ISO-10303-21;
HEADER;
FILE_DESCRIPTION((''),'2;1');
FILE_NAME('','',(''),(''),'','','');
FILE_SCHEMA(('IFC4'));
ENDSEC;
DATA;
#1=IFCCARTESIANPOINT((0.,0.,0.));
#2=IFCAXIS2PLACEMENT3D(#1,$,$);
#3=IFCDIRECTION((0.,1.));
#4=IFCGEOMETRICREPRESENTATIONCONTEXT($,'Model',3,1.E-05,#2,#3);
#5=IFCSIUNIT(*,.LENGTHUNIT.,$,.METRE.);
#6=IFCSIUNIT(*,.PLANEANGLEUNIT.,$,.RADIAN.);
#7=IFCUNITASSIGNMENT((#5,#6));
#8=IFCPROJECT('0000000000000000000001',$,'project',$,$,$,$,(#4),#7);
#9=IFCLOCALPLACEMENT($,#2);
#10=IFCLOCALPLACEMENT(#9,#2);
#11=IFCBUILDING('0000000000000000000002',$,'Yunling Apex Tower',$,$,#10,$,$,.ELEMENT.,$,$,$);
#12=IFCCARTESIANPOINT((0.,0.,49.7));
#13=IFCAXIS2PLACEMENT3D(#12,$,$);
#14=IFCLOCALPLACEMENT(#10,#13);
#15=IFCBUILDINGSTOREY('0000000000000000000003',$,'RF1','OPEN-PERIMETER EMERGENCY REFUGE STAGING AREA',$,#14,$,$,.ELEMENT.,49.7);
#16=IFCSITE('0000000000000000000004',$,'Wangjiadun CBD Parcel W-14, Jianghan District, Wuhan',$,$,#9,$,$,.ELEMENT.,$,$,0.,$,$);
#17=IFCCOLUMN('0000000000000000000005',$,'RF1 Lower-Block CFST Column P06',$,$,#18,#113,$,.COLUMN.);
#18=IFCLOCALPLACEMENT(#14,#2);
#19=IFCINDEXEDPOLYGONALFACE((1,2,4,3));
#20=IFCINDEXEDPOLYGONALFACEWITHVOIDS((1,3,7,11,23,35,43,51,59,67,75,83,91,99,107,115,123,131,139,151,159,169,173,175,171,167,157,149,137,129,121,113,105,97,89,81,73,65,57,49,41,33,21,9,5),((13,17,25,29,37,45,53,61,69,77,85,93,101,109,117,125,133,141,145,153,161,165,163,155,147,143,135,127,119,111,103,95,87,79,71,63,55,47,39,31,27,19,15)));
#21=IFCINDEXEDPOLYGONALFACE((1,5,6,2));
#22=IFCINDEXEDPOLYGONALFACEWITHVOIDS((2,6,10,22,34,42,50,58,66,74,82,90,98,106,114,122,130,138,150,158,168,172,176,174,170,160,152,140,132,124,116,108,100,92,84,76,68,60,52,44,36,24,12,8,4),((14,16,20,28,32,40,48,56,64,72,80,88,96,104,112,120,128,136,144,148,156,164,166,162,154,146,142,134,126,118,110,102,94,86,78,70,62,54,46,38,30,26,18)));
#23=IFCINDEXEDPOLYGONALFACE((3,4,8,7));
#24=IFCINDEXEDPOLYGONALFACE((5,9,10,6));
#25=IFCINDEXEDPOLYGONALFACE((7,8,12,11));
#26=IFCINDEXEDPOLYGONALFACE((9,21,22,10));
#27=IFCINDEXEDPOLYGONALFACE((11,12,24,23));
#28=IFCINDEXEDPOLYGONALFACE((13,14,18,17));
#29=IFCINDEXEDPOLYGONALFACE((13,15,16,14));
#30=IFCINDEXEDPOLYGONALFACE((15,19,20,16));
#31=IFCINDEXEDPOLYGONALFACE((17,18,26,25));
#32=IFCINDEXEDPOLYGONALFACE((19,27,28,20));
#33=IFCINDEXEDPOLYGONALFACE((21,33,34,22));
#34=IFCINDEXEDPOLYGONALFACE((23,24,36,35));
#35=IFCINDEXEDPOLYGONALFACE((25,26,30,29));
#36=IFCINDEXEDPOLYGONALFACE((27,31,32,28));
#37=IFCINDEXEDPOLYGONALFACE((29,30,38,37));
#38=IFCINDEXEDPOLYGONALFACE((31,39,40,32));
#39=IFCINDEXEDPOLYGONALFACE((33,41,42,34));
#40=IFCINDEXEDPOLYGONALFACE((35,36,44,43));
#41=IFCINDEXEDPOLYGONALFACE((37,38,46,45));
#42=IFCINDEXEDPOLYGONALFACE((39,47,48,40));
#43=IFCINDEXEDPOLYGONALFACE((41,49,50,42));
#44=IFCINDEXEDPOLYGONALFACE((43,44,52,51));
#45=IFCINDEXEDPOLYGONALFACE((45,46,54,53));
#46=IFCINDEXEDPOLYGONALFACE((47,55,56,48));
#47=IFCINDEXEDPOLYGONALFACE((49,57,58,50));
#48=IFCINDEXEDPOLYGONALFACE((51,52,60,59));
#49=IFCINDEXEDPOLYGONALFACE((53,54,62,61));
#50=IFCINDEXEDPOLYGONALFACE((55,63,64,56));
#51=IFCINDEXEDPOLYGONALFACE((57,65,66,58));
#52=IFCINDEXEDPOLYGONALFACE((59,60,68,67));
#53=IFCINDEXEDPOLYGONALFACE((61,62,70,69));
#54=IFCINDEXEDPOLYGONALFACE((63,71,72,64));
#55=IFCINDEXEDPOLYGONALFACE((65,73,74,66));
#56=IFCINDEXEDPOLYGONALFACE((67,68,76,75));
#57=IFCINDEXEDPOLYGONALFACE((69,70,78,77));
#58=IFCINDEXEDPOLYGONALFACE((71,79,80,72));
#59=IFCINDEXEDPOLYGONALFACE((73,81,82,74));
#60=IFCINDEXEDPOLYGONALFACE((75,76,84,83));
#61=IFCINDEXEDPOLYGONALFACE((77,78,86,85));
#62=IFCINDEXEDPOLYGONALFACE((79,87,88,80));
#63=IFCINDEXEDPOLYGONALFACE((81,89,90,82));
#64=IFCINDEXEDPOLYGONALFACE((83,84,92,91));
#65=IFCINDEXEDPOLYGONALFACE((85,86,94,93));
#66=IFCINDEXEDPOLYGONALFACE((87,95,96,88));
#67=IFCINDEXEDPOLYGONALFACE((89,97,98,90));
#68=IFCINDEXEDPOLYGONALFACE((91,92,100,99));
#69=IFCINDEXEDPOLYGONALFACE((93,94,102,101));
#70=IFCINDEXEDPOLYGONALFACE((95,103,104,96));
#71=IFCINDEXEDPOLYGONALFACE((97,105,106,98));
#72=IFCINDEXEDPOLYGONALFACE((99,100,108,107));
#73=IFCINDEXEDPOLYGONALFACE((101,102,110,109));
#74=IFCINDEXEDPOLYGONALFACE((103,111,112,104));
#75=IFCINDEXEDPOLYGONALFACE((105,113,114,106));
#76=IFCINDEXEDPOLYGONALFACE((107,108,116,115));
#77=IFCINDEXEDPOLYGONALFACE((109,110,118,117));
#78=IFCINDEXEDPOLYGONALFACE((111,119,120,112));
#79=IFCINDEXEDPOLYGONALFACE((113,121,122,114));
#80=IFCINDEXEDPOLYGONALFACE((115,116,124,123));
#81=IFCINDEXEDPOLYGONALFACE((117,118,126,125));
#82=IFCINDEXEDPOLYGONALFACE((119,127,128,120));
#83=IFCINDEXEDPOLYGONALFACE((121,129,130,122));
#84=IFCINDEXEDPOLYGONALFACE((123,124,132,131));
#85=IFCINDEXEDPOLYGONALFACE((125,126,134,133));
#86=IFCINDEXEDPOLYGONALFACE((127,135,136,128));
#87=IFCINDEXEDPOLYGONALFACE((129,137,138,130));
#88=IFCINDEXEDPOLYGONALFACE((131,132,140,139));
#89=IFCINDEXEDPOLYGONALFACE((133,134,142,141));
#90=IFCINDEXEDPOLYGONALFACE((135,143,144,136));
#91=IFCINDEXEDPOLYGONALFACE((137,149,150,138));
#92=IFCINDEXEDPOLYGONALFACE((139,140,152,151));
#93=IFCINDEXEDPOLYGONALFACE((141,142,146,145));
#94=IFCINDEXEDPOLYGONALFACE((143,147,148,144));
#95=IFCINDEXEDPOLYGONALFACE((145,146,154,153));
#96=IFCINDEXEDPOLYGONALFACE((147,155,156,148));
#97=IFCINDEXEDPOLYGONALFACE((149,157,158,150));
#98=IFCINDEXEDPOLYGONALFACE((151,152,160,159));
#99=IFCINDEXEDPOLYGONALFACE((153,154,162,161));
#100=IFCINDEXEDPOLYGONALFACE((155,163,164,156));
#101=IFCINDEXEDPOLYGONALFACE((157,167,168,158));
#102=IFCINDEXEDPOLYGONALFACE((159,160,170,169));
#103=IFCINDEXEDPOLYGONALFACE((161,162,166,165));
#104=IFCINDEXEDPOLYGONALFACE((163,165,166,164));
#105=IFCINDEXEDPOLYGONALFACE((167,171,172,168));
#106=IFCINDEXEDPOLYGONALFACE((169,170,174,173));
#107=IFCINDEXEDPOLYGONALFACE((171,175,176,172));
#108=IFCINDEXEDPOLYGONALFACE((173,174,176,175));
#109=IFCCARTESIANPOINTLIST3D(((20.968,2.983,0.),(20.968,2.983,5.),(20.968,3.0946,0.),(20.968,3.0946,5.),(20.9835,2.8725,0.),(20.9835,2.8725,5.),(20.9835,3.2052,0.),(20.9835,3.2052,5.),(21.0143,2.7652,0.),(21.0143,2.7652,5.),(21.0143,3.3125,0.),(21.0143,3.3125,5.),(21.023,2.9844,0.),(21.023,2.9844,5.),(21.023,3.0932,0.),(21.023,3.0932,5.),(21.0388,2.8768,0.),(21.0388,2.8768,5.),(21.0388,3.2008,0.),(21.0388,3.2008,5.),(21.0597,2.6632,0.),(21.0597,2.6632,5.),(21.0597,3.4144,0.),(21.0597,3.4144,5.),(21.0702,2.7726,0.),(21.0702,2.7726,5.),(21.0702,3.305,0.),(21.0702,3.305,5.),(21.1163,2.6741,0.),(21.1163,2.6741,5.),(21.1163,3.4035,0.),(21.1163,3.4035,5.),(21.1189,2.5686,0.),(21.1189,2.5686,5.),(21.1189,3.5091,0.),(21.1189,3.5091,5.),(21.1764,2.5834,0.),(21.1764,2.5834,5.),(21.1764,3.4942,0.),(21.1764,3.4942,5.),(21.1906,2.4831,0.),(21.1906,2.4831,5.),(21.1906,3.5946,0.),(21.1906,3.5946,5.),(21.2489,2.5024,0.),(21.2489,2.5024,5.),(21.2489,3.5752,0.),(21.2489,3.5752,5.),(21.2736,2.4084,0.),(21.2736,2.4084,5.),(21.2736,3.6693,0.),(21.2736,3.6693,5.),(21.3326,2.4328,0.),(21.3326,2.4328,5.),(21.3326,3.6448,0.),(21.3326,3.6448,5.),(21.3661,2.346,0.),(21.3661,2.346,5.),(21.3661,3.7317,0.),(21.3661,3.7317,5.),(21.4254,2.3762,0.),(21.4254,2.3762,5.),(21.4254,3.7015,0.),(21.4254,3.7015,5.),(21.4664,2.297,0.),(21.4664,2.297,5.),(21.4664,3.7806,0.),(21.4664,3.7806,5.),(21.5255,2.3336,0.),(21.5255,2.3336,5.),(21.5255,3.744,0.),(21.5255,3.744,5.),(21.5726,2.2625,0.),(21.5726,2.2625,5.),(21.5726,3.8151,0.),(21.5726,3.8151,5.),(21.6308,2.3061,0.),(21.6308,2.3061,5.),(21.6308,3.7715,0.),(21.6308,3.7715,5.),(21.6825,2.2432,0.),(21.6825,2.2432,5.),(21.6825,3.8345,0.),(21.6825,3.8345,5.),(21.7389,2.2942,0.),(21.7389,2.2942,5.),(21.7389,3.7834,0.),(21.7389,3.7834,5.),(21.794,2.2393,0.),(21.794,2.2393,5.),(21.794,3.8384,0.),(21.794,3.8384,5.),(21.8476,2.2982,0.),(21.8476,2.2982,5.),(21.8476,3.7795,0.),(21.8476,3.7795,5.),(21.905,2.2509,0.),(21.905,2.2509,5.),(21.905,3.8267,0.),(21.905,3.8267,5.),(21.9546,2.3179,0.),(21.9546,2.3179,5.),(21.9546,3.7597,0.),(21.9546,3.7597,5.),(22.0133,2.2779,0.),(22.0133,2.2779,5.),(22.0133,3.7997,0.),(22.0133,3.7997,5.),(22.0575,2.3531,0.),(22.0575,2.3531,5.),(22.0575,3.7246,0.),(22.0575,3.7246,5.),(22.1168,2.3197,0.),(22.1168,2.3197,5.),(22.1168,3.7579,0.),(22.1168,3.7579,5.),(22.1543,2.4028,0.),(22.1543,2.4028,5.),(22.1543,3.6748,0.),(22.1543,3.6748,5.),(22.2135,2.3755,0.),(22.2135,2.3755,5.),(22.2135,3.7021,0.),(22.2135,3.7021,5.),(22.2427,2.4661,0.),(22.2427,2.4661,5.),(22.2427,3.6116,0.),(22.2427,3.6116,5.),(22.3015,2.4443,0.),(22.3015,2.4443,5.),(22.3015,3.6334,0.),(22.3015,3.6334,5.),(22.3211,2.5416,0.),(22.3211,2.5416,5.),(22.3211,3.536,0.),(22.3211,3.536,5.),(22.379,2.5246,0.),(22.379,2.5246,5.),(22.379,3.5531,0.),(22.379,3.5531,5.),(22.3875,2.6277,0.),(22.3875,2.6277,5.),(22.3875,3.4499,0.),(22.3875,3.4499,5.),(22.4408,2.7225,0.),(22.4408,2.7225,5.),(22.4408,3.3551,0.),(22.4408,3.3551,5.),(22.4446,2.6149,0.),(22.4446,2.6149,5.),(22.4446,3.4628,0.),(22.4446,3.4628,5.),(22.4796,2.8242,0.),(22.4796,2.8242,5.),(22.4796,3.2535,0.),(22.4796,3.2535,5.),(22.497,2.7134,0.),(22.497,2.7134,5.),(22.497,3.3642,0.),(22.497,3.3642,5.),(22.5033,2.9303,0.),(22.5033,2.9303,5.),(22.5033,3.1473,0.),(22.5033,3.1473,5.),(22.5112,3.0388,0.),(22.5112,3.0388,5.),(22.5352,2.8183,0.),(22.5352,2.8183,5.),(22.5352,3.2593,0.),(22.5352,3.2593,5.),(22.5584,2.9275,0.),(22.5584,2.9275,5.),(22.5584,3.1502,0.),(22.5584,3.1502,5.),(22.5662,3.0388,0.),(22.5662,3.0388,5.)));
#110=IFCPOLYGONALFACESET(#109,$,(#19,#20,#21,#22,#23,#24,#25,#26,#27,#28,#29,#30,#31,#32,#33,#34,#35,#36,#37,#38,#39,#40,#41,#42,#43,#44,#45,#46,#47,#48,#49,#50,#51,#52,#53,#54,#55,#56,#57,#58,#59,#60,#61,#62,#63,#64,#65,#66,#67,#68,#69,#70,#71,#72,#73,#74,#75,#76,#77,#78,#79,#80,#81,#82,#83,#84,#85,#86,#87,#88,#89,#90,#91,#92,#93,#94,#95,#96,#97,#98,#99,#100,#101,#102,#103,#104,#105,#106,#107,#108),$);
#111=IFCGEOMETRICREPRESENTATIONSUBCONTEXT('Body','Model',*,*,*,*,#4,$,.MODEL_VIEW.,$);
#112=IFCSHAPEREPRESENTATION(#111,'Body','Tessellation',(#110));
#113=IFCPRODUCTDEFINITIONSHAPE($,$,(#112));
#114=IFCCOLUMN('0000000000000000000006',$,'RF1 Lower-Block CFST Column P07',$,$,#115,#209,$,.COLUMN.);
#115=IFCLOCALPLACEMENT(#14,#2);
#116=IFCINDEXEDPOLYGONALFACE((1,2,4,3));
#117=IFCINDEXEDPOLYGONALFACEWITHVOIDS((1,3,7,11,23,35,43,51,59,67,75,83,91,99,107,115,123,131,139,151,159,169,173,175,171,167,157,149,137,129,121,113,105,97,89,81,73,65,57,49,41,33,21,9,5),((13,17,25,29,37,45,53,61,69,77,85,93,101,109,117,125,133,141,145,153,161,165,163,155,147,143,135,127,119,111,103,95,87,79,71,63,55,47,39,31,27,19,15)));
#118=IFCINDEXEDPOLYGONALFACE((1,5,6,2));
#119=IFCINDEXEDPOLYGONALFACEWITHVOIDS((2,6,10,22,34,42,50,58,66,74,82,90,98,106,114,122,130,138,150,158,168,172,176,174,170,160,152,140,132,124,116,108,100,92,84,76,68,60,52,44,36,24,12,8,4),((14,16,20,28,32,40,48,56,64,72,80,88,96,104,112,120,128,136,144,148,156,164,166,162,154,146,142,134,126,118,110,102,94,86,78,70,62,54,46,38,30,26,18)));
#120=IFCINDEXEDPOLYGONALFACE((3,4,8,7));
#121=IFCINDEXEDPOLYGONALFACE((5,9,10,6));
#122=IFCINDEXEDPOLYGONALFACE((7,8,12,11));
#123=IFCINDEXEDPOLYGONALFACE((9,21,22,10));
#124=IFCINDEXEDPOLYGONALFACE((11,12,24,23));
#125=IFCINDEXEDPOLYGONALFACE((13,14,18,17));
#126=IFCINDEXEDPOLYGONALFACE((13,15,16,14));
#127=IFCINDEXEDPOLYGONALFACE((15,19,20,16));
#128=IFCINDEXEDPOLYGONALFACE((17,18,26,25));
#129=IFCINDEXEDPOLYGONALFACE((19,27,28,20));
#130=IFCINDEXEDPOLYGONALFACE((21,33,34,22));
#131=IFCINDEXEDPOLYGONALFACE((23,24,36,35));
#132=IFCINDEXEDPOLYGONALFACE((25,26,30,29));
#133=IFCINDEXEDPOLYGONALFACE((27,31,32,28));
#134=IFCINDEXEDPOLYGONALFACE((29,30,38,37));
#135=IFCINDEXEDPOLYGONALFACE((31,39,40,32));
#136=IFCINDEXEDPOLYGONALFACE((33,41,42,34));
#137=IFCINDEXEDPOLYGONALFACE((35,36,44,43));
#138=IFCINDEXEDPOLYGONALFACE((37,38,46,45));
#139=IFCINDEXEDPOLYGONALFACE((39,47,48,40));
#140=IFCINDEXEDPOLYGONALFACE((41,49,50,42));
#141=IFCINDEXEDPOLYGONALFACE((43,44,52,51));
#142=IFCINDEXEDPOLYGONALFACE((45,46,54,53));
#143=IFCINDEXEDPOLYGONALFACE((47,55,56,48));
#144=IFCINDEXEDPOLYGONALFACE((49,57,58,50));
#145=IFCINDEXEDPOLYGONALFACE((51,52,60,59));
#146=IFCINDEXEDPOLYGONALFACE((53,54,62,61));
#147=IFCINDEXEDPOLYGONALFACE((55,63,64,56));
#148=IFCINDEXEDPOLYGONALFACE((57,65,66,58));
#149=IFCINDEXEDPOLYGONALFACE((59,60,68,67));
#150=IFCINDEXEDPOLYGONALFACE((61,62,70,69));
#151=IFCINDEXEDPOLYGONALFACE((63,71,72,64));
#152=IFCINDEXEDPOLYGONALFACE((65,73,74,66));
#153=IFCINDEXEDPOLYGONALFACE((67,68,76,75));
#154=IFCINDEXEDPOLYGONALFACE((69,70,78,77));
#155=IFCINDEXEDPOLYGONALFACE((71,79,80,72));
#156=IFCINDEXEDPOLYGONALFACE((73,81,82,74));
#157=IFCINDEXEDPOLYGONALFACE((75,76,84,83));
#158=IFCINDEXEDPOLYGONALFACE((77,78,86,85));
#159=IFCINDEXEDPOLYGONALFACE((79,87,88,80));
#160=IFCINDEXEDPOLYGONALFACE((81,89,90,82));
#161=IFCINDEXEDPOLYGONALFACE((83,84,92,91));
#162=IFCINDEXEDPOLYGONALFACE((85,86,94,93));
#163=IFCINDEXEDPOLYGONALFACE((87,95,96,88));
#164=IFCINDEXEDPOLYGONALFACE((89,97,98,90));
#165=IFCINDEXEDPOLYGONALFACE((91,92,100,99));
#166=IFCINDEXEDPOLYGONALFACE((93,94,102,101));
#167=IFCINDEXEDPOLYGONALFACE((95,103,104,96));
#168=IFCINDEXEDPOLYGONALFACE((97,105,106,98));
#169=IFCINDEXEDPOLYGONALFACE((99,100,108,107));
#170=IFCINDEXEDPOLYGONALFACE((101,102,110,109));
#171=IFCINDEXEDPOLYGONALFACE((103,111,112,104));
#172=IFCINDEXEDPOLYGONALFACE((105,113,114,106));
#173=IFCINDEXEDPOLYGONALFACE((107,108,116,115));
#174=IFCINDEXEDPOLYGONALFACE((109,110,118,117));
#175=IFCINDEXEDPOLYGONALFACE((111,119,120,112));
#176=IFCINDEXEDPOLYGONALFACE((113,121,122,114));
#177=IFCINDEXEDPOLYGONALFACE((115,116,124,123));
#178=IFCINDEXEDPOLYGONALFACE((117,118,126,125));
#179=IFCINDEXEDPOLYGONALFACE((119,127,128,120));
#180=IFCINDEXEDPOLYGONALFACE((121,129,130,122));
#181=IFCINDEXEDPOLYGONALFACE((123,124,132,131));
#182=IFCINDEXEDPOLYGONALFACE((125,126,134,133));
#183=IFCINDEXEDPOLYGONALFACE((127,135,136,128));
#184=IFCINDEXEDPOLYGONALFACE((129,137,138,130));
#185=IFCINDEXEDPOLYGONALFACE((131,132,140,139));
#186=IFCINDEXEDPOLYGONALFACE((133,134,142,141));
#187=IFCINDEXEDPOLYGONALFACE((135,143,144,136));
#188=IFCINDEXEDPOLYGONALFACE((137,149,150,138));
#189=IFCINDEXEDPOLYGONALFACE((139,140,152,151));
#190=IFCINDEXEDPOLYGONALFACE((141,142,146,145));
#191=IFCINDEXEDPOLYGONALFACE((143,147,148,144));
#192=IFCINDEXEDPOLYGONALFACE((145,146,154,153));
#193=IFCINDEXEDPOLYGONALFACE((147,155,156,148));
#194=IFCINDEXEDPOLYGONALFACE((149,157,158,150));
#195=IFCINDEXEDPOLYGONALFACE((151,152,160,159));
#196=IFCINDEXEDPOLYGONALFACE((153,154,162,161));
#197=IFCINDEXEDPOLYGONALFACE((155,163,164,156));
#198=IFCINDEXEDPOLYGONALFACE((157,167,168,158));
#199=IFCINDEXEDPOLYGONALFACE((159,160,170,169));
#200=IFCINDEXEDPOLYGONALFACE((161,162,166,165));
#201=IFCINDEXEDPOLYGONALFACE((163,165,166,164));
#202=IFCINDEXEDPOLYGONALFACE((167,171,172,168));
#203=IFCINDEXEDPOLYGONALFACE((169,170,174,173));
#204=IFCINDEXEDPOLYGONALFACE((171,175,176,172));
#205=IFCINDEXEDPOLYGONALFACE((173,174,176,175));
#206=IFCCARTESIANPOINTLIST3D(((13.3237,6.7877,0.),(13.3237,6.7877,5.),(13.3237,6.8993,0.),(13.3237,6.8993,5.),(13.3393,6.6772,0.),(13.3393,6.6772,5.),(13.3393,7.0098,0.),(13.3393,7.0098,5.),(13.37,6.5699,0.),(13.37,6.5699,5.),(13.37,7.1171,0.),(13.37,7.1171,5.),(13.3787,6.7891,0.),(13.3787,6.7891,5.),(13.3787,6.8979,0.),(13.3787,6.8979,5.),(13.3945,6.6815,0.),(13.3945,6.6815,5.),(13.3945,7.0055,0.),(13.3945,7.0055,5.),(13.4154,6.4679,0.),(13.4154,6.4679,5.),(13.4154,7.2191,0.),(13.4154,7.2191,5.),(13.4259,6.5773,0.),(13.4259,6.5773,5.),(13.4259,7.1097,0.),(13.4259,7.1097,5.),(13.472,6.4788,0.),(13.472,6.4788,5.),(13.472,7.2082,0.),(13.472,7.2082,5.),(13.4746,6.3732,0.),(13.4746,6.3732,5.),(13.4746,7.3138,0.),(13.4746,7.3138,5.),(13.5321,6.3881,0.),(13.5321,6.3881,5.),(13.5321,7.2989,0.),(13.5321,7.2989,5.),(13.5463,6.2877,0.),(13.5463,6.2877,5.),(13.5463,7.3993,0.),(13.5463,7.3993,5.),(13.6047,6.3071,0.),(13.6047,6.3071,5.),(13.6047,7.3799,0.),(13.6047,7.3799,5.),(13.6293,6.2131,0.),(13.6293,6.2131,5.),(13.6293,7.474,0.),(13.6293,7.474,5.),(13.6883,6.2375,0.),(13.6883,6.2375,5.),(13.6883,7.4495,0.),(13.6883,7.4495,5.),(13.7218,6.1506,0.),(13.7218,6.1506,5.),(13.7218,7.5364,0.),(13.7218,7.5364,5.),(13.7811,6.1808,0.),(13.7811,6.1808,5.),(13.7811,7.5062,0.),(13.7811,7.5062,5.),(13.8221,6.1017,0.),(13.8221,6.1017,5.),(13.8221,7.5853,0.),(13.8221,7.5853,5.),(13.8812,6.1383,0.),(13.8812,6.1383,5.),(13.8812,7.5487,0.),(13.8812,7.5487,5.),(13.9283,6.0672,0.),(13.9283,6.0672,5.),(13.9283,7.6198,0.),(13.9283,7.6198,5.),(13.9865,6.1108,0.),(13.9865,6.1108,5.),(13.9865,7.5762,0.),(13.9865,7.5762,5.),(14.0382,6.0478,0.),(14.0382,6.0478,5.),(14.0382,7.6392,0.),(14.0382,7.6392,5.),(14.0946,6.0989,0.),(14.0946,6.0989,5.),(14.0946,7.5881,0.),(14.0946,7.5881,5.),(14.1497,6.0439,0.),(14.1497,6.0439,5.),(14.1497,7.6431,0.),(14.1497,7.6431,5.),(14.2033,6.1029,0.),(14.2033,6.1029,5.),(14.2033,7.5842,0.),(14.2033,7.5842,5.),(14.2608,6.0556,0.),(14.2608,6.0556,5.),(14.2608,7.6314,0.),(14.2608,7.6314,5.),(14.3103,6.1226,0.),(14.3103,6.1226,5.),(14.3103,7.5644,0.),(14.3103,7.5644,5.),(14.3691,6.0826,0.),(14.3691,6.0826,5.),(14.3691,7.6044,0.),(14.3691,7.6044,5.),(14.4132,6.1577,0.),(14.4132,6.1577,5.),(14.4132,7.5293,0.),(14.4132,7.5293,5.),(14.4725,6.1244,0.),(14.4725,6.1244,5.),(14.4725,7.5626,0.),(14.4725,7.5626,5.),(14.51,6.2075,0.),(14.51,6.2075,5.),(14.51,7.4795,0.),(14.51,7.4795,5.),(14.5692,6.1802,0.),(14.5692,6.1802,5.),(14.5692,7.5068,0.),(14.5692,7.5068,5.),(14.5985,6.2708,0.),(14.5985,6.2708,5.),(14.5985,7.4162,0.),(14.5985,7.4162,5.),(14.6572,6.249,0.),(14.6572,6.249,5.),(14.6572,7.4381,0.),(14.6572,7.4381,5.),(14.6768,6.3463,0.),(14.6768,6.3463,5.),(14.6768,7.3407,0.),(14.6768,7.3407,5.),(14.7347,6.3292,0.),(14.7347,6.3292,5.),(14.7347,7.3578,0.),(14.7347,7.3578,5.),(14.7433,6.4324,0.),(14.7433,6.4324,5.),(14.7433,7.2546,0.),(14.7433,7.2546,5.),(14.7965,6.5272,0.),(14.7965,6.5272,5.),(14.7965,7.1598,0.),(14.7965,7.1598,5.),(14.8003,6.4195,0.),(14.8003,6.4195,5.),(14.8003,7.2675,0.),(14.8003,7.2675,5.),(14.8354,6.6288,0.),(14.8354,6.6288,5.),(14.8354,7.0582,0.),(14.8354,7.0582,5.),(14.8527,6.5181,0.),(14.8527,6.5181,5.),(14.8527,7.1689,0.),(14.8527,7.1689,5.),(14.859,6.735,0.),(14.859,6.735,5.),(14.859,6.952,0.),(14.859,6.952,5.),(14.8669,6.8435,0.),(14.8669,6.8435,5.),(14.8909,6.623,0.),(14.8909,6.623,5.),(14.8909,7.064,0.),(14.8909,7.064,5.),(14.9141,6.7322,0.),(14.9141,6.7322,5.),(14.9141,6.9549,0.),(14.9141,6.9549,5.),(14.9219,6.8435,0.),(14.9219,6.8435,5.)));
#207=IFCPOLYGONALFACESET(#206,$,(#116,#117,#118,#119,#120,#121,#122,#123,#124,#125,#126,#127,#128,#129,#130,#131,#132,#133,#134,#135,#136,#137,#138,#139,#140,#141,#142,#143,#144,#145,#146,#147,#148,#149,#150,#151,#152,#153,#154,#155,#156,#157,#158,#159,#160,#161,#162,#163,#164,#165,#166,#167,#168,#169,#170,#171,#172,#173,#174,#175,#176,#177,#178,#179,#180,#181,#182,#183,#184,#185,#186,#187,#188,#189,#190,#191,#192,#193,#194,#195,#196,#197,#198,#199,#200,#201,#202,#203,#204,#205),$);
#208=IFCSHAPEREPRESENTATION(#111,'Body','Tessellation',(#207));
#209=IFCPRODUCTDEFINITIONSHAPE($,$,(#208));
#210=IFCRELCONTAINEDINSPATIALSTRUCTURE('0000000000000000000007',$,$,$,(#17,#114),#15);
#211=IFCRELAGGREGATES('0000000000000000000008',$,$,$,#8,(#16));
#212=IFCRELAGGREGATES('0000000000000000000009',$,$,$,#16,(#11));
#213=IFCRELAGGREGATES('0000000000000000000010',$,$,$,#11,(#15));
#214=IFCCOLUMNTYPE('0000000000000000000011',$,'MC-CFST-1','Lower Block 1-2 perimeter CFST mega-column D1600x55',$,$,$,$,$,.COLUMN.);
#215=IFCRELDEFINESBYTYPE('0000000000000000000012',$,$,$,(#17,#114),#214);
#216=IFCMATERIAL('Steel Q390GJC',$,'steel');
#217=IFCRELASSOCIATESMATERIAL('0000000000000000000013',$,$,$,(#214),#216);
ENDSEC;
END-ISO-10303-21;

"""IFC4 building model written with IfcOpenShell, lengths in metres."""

from ifc_helpers import new_model, si_unit, direction, frame, origin, origin_2d, place, context, subcontext, project, spatial, hollow_circle, extrude, source, transform, mapped, material, material_profile, profile_set, type_object, element, save


model = new_model("IFC4")

# Units and contexts
model_context = context("Model", 3, precision=1e-05, world=origin(), true_north=direction((0.0, 1.0)))
body_context = subcontext(model_context, "Body", "Model", "MODEL_VIEW")
ifc_project = project(units=[si_unit("LENGTHUNIT", "METRE"), si_unit("PLANEANGLEUNIT", "RADIAN")], contexts=[model_context])

# Site, building, storey
site_placement = place(None, origin())
site = spatial("IfcSite", under=ifc_project, at=site_placement, Name="Wangjiadun CBD Parcel W-14, Jianghan District, Wuhan", CompositionType="ELEMENT", RefElevation=0.0)
building_placement = place(site_placement, origin())
building = spatial("IfcBuilding", under=site, at=building_placement, Name="Yunling Apex Tower", CompositionType="ELEMENT")
storey_placement = place(building_placement, frame((0.0, 0.0, 49.7)))
storey = spatial("IfcBuildingStorey", under=building, at=storey_placement, Name="RF1", Description="OPEN-PERIMETER EMERGENCY REFUGE STAGING AREA", CompositionType="ELEMENT", Elevation=49.7)

# Columns
ifc_material_1 = material(Name="Steel Q390GJC", Category="steel")
ifc_material_profile_1 = material_profile(ifc_material_1, hollow_circle(Radius=0.8, WallThickness=0.0549, at=origin_2d()))
ifc_profile_set_1 = profile_set([ifc_material_profile_1], Name="Steel Q390GJC")
column_type = type_object("IfcColumnType", Name="MC-CFST-1", Description="Lower Block 1-2 perimeter CFST mega-column D1600x55", PredefinedType="COLUMN", material=ifc_profile_set_1)
shared_shape_1 = source(origin(), body_context, "Body", "SweptSolid", [
    extrude(hollow_circle(Radius=0.8, WallThickness=0.0549, at=origin_2d()), origin(), (0.0, 0.0, 1.0), 5.0),
])
for number, where, z_axis, x_axis, name in (
    (1, (21.7661, 3.0388, 0.0), (0.0, 0.0, 1.0), (1.0, 0.0, 0.0), "RF1 Lower-Block CFST Column P06"),
    (2, (14.1218, 6.8435, 0.0), (0.0, 0.0, 1.0), (1.0, 0.0, 0.0), "RF1 Lower-Block CFST Column P07"),
):
    element("IfcColumn", number, at=place(storey_placement, frame(where, z_axis=z_axis, x_axis=x_axis)), inside=storey, type_object=column_type, Name=name, PredefinedType="COLUMN", context=body_context, shape_type="MappedRepresentation", body=[
        mapped(shared_shape_1, transform((0.0, 0.0, 0.0), scale=1.0)),
    ])

save(model, "model.ifc")
